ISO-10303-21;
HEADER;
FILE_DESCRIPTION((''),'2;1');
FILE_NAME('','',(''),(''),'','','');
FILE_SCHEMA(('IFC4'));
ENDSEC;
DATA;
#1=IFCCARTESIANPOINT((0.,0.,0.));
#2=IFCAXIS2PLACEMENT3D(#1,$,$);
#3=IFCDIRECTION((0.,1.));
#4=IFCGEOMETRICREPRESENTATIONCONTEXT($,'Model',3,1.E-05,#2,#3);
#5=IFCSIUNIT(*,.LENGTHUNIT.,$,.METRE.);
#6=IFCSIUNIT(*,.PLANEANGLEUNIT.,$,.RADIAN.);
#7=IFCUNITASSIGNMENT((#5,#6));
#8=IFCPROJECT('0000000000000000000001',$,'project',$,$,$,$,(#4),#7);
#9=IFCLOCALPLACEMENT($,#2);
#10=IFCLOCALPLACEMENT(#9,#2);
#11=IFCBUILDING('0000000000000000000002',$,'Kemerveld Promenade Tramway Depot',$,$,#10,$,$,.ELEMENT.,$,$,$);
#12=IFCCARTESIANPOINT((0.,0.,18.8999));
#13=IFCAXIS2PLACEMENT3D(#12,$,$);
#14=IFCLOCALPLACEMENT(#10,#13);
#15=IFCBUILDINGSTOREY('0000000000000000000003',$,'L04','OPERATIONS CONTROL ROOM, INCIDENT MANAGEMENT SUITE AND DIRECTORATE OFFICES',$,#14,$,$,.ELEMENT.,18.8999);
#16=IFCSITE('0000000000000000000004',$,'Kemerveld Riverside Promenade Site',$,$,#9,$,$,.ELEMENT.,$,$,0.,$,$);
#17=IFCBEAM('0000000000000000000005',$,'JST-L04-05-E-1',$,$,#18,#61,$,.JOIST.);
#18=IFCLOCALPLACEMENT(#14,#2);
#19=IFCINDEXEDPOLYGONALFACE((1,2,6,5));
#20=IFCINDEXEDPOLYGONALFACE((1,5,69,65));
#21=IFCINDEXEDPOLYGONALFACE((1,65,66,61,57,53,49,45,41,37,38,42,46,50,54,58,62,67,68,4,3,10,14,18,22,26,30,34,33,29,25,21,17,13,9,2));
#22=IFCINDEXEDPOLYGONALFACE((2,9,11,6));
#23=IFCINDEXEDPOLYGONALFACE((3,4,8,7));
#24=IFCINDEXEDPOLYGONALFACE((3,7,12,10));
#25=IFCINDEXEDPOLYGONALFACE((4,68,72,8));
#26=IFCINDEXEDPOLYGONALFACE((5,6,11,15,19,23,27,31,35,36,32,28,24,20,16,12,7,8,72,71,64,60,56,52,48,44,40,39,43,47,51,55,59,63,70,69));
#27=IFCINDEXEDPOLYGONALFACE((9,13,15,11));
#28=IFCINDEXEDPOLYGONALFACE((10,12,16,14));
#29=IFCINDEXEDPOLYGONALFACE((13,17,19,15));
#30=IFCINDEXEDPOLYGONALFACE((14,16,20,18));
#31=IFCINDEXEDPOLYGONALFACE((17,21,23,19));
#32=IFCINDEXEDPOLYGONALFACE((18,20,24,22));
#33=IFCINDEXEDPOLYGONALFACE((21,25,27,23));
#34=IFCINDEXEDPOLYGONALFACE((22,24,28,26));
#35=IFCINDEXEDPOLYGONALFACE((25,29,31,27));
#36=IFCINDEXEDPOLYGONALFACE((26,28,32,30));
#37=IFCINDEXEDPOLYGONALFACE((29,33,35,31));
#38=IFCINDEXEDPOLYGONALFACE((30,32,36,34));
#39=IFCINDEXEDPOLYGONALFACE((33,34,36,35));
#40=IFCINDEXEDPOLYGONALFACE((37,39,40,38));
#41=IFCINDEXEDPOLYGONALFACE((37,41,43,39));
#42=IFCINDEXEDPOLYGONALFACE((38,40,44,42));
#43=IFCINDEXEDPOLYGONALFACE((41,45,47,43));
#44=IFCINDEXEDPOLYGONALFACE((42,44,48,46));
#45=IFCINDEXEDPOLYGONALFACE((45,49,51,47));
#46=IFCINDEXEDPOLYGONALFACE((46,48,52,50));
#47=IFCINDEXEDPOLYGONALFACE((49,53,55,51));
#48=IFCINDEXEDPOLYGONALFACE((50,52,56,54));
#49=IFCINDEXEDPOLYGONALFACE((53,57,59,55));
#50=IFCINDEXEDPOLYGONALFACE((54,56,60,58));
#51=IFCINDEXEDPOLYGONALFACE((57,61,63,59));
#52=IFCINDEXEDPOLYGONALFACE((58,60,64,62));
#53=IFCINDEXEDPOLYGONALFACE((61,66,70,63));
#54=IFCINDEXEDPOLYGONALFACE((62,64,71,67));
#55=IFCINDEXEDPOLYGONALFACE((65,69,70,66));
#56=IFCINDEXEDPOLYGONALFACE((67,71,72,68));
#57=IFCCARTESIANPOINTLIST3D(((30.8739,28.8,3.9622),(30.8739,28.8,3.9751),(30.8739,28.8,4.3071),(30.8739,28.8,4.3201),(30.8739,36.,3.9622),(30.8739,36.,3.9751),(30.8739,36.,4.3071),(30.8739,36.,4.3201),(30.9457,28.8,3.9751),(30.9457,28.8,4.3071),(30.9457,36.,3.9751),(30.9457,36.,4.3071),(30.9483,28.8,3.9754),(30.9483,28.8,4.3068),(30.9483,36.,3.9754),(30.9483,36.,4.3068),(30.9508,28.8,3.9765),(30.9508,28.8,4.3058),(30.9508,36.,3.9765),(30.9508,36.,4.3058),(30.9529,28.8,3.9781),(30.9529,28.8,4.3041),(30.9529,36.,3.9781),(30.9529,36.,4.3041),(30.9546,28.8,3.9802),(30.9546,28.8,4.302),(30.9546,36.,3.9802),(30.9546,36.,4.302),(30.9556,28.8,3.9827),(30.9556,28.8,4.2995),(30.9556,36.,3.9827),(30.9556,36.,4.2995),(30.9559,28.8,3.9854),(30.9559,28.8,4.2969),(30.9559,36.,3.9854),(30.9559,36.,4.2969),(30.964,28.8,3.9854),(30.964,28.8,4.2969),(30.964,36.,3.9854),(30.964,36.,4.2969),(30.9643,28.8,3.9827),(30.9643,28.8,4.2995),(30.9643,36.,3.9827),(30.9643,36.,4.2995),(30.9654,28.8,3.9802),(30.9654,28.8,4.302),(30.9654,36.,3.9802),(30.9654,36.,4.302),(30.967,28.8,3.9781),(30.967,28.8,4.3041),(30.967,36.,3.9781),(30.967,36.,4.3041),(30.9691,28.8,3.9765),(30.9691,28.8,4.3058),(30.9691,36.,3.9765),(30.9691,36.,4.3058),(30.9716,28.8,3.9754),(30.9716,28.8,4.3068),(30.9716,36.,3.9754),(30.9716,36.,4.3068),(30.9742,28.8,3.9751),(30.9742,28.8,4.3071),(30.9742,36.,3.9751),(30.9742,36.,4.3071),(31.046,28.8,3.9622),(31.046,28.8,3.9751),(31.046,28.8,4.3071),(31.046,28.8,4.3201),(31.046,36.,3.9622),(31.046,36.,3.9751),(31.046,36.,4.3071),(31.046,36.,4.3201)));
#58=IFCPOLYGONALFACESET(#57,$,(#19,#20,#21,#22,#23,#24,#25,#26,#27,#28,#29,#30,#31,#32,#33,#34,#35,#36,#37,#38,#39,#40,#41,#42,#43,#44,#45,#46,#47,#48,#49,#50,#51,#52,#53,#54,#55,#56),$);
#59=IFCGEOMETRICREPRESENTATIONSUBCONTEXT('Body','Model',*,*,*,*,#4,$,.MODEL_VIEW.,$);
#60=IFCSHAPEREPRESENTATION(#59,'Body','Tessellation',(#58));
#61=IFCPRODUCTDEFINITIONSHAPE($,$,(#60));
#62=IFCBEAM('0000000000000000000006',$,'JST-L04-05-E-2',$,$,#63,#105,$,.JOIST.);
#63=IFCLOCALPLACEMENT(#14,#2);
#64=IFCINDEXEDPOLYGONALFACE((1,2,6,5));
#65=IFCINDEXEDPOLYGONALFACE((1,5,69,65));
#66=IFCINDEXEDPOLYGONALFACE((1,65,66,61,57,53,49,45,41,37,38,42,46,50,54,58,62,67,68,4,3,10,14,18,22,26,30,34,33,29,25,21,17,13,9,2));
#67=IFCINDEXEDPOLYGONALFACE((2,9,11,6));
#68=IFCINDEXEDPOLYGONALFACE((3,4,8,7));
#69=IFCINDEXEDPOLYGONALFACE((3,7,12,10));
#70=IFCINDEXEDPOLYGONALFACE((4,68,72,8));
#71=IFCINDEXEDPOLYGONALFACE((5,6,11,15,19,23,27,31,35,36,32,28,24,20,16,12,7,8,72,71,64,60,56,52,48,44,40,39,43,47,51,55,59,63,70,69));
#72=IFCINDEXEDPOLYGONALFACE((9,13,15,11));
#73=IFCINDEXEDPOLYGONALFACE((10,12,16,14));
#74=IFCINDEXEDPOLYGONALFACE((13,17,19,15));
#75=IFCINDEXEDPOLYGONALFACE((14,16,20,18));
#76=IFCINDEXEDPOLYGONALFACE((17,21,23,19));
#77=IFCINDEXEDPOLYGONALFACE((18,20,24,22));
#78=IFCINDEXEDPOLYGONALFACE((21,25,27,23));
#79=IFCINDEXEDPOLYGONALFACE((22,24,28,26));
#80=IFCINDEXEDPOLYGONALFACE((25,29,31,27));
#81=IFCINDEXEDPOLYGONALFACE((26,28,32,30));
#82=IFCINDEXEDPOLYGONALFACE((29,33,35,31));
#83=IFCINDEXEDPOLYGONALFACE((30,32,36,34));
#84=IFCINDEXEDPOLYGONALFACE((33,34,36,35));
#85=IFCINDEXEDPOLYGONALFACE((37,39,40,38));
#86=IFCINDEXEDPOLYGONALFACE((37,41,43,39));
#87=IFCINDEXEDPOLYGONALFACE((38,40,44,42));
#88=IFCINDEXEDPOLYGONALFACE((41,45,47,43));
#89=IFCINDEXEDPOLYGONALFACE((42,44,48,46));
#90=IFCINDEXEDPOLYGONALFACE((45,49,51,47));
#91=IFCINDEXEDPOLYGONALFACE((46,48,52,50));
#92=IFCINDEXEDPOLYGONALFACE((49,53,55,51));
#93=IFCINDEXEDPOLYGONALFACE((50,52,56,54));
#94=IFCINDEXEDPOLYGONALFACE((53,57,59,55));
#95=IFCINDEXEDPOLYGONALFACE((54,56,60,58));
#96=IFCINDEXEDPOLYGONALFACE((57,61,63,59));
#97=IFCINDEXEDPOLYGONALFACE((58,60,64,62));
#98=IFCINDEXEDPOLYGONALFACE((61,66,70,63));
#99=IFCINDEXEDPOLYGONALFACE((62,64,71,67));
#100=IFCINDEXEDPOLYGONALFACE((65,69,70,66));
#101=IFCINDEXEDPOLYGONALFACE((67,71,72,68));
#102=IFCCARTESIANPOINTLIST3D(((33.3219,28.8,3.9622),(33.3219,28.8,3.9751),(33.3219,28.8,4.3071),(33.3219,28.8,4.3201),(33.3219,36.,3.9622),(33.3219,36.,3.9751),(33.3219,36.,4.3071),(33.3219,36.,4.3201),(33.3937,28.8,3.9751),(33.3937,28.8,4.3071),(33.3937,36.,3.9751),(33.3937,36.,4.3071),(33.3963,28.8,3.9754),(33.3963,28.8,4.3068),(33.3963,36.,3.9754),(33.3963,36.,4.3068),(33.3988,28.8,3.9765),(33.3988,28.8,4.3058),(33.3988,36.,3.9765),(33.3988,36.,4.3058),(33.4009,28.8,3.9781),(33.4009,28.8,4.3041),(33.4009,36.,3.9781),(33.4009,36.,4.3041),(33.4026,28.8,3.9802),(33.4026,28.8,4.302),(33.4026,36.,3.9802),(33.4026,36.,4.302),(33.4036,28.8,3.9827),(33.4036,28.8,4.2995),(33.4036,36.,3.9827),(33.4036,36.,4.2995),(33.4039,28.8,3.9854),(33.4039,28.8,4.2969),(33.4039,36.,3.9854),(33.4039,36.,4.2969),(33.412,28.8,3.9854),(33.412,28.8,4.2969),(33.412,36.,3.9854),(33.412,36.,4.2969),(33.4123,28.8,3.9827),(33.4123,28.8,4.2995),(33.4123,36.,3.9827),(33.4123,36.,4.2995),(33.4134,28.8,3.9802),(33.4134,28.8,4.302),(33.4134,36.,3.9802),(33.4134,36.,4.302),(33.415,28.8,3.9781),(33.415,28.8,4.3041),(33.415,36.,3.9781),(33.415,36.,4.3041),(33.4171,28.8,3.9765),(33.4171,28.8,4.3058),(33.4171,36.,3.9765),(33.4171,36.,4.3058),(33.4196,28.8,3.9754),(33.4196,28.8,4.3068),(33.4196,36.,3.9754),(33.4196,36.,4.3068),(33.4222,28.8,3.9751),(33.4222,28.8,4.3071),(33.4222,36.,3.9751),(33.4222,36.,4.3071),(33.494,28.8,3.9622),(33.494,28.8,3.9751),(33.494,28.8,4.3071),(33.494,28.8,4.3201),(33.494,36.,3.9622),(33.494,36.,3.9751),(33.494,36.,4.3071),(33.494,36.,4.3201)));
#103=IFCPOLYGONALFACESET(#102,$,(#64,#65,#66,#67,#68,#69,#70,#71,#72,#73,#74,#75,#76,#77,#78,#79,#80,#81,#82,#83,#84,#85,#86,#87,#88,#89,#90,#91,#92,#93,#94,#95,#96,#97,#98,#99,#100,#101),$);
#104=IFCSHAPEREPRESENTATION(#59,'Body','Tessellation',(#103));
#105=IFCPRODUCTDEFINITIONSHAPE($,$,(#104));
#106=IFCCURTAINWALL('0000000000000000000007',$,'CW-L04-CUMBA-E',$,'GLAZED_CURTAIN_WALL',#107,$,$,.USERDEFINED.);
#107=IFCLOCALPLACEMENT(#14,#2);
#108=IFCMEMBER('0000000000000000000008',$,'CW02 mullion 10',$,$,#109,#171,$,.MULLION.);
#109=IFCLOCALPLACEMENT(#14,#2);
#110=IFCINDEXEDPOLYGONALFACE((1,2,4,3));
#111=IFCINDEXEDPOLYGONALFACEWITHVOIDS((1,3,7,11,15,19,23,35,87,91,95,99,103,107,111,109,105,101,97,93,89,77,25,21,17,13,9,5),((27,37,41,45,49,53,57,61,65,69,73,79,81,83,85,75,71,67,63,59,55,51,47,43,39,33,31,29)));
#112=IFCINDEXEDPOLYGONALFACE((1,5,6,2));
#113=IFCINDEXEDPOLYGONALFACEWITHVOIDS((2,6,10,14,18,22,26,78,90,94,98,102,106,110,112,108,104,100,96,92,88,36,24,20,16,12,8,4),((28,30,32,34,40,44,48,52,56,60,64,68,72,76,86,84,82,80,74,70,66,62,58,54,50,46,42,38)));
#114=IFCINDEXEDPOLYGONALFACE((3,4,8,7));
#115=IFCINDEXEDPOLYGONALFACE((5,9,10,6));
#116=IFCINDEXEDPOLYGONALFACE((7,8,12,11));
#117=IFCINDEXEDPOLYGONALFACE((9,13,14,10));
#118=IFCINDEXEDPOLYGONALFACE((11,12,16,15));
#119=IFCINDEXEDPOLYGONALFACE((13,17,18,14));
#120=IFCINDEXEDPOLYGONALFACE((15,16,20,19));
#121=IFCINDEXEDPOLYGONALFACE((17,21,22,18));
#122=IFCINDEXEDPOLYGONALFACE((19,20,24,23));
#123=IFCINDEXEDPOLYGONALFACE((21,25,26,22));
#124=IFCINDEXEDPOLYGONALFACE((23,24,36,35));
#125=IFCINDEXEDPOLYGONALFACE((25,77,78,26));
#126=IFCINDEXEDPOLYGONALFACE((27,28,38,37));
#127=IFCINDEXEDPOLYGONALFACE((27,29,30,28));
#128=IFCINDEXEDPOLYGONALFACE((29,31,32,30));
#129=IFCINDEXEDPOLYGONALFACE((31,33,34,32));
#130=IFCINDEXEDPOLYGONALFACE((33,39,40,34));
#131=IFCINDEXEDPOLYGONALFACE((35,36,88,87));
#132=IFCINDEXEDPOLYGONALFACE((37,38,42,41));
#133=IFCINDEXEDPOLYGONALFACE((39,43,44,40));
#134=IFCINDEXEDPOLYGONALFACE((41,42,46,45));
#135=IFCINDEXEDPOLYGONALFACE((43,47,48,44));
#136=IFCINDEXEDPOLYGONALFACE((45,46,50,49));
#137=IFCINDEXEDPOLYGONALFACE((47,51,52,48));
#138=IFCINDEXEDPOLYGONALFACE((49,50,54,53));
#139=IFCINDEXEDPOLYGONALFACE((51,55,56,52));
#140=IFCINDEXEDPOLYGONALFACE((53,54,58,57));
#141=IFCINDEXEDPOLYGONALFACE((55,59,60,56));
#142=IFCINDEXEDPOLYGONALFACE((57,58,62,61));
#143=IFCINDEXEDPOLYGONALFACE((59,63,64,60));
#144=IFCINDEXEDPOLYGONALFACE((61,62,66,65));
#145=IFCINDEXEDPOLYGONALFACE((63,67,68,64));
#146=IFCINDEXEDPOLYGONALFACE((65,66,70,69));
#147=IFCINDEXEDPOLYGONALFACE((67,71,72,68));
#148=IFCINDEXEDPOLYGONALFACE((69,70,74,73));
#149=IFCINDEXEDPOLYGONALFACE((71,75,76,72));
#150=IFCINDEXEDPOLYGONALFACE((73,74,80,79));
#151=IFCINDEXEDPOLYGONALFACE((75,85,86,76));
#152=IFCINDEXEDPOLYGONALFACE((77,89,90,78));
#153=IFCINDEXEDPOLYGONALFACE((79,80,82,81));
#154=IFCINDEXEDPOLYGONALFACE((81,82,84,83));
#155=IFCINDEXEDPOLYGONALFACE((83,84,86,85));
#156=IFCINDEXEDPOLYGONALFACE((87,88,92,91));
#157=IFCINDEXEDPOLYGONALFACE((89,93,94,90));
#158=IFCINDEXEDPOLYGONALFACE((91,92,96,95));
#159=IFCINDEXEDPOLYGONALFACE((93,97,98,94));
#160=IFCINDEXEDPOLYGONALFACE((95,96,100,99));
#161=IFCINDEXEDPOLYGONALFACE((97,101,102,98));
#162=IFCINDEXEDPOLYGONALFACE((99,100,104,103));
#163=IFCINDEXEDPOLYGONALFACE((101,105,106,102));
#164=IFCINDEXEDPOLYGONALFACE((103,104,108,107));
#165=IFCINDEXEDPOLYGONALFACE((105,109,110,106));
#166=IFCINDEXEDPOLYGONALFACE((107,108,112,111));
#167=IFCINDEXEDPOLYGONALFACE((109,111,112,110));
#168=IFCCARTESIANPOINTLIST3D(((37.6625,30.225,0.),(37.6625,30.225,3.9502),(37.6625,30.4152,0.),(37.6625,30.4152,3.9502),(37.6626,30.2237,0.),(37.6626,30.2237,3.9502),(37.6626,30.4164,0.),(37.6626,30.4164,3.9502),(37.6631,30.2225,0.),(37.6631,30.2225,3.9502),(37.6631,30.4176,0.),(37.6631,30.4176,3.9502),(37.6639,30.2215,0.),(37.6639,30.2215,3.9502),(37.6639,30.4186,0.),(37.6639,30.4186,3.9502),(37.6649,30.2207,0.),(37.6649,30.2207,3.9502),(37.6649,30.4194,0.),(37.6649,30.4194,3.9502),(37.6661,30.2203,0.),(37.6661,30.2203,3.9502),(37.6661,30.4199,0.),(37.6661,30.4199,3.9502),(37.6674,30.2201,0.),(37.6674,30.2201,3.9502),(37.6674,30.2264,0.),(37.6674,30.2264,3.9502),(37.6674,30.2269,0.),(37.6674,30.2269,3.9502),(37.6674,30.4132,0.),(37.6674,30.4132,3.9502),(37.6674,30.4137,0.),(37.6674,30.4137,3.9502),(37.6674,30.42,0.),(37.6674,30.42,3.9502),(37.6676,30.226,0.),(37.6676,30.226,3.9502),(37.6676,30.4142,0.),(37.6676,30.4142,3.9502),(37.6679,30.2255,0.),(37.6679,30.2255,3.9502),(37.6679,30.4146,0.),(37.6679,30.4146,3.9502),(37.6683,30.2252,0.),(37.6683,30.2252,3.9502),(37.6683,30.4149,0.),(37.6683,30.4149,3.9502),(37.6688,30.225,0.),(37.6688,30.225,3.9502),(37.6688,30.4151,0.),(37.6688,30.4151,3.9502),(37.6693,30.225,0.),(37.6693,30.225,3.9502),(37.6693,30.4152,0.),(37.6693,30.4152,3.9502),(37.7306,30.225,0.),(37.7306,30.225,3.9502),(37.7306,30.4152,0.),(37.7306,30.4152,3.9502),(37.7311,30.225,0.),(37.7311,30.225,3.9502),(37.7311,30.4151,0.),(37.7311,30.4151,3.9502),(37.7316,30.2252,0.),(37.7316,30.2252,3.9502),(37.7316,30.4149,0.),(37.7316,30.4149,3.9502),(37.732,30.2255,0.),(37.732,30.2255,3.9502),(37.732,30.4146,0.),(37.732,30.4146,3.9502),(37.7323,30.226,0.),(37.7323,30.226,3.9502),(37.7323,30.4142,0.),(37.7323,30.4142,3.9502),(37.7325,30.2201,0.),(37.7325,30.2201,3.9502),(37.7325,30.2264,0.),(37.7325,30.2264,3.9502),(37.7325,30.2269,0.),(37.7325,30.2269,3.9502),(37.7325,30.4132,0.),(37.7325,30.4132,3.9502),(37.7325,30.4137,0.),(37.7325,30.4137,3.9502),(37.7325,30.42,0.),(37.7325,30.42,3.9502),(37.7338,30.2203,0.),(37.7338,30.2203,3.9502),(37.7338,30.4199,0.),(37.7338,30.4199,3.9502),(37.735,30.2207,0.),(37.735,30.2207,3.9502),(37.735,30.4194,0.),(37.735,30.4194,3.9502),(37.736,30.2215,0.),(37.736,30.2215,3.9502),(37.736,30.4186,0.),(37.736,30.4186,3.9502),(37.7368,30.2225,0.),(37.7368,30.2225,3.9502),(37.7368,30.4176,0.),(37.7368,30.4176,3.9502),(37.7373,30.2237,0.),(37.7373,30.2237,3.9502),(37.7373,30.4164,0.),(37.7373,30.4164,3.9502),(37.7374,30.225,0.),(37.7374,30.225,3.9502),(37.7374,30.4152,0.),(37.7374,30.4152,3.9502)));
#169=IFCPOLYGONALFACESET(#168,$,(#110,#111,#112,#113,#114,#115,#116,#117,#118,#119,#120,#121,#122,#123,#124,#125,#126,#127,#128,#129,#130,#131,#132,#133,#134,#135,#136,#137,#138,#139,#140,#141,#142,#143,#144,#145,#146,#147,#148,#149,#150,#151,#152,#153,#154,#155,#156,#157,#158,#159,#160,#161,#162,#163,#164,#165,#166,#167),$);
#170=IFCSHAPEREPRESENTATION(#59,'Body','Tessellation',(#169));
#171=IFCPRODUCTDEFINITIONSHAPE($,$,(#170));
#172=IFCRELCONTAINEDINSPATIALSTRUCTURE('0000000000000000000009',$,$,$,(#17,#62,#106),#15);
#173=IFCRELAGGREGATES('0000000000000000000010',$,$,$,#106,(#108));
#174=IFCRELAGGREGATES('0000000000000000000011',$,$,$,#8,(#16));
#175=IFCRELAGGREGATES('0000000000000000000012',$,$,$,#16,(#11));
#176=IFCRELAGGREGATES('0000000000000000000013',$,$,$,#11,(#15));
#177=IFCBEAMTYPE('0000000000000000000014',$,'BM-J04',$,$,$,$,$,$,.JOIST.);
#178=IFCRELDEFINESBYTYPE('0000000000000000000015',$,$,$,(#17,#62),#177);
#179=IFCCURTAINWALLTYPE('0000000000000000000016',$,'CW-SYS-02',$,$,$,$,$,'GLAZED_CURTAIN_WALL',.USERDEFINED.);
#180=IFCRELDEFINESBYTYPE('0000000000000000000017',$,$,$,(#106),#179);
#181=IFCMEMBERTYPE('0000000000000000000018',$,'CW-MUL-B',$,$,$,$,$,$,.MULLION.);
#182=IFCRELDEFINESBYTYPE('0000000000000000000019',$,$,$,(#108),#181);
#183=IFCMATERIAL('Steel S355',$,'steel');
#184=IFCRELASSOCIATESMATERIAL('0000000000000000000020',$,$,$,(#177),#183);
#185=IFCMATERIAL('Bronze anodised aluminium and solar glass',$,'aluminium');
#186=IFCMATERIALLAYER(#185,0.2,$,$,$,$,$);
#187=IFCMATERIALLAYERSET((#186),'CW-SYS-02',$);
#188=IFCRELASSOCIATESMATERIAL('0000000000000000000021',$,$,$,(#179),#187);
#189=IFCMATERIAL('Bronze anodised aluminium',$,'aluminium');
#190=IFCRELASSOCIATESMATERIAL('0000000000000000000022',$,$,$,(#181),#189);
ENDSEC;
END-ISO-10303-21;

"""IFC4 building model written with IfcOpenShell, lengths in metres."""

from ifc_helpers import new_model, si_unit, direction, frame, origin, origin_2d, place, context, subcontext, project, spatial, hollow_rectangle, i_section, extrude, material, layer, layer_set, material_profile, profile_set, type_object, element, aggregate, save


model = new_model("IFC4")

# Units and contexts
model_context = context("Model", 3, precision=1e-05, world=origin(), true_north=direction((0.0, 1.0)))
body_context = subcontext(model_context, "Body", "Model", "MODEL_VIEW")
ifc_project = project(units=[si_unit("LENGTHUNIT", "METRE"), si_unit("PLANEANGLEUNIT", "RADIAN")], contexts=[model_context])

# Site, building, storey
site_placement = place(None, origin())
site = spatial("IfcSite", under=ifc_project, at=site_placement, Name="Kemerveld Riverside Promenade Site", CompositionType="ELEMENT", RefElevation=0.0)
building_placement = place(site_placement, origin())
building = spatial("IfcBuilding", under=site, at=building_placement, Name="Kemerveld Promenade Tramway Depot", CompositionType="ELEMENT")
storey_placement = place(building_placement, frame((0.0, 0.0, 18.8999)))
storey = spatial("IfcBuildingStorey", under=building, at=storey_placement, Name="L04", Description="OPERATIONS CONTROL ROOM, INCIDENT MANAGEMENT SUITE AND DIRECTORATE OFFICES", CompositionType="ELEMENT", Elevation=18.8999)

# Beams
ifc_material_1 = material(Name="Steel S355", Category="steel")
ifc_material_profile_1 = material_profile(ifc_material_1, i_section(OverallWidth=0.1721, OverallDepth=0.3579, WebThickness=0.0081, FlangeThickness=0.0129, FilletRadius=0.0103, at=origin_2d()), Name="356x171x57 UB")
ifc_profile_set_1 = profile_set([ifc_material_profile_1], Name="Steel S355")
beam_type_1 = type_object("IfcBeamType", Name="BM-J04", PredefinedType="JOIST", material=ifc_profile_set_1)
for number, where, z_axis, x_axis, name in (
    (1, (30.96, 28.8, 4.1411), (0.0, 1.0, 0.0), (-1.0, 0.0, 0.0), "JST-L04-05-E-1"),
    (2, (33.408, 28.8, 4.1411), (0.0, 1.0, 0.0), (-1.0, 0.0, 0.0), "JST-L04-05-E-2"),
):
    element("IfcBeam", number, at=place(storey_placement, frame(where, z_axis=z_axis, x_axis=x_axis)), inside=storey, type_object=beam_type_1, Name=name, PredefinedType="JOIST", context=body_context, shape_type="SweptSolid", body=[
        extrude(i_section(OverallWidth=0.1721, OverallDepth=0.3579, WebThickness=0.0081, FlangeThickness=0.0129, FilletRadius=0.0103, at=origin_2d()), origin(), (0.0, 0.0, 1.0), 7.2),
    ])

# Curtain wall, member
ifc_material_2 = material(Name="Bronze anodised aluminium and solar glass", Category="aluminium")
ifc_layer_1 = layer(ifc_material_2, 0.2)
ifc_layer_set_1 = layer_set([ifc_layer_1], Name="CW-SYS-02")
curtain_wall_type_1 = type_object("IfcCurtainWallType", Name="CW-SYS-02", ElementType="GLAZED_CURTAIN_WALL", PredefinedType="USERDEFINED", material=ifc_layer_set_1)
curtain_wall_1_placement = place(storey_placement, origin())
curtain_wall_1 = element("IfcCurtainWall", 3, at=curtain_wall_1_placement, inside=storey, type_object=curtain_wall_type_1, Name="CW-L04-CUMBA-E", ObjectType="GLAZED_CURTAIN_WALL", PredefinedType="USERDEFINED")
ifc_material_3 = material(Name="Bronze anodised aluminium", Category="aluminium")
ifc_material_profile_2 = material_profile(ifc_material_3, hollow_rectangle(XDim=0.075, YDim=0.2, WallThickness=0.0049, InnerFilletRadius=0.002, OuterFilletRadius=0.0049, at=origin_2d()), Name="CW-MUL-200x75")
ifc_profile_set_2 = profile_set([ifc_material_profile_2], Name="Bronze anodised aluminium")
member_type_1 = type_object("IfcMemberType", Name="CW-MUL-B", PredefinedType="MULLION", material=ifc_profile_set_2)
member_1_placement = place(storey_placement, frame((37.7, 30.3201, 0.0), z_axis=(0.0, 0.0, 1.0), x_axis=(1.0, 0.0, 0.0)))
member_1 = element("IfcMember", 4, at=member_1_placement, type_object=member_type_1, Name="CW02 mullion 10", PredefinedType="MULLION", context=body_context, shape_type="SweptSolid", body=[
    extrude(hollow_rectangle(XDim=0.075, YDim=0.2, WallThickness=0.0049, InnerFilletRadius=0.002, OuterFilletRadius=0.0049, at=origin_2d()), origin(), (0.0, 0.0, 1.0), 3.9502),
])

aggregate(curtain_wall_1, [member_1])

save(model, "model.ifc")
